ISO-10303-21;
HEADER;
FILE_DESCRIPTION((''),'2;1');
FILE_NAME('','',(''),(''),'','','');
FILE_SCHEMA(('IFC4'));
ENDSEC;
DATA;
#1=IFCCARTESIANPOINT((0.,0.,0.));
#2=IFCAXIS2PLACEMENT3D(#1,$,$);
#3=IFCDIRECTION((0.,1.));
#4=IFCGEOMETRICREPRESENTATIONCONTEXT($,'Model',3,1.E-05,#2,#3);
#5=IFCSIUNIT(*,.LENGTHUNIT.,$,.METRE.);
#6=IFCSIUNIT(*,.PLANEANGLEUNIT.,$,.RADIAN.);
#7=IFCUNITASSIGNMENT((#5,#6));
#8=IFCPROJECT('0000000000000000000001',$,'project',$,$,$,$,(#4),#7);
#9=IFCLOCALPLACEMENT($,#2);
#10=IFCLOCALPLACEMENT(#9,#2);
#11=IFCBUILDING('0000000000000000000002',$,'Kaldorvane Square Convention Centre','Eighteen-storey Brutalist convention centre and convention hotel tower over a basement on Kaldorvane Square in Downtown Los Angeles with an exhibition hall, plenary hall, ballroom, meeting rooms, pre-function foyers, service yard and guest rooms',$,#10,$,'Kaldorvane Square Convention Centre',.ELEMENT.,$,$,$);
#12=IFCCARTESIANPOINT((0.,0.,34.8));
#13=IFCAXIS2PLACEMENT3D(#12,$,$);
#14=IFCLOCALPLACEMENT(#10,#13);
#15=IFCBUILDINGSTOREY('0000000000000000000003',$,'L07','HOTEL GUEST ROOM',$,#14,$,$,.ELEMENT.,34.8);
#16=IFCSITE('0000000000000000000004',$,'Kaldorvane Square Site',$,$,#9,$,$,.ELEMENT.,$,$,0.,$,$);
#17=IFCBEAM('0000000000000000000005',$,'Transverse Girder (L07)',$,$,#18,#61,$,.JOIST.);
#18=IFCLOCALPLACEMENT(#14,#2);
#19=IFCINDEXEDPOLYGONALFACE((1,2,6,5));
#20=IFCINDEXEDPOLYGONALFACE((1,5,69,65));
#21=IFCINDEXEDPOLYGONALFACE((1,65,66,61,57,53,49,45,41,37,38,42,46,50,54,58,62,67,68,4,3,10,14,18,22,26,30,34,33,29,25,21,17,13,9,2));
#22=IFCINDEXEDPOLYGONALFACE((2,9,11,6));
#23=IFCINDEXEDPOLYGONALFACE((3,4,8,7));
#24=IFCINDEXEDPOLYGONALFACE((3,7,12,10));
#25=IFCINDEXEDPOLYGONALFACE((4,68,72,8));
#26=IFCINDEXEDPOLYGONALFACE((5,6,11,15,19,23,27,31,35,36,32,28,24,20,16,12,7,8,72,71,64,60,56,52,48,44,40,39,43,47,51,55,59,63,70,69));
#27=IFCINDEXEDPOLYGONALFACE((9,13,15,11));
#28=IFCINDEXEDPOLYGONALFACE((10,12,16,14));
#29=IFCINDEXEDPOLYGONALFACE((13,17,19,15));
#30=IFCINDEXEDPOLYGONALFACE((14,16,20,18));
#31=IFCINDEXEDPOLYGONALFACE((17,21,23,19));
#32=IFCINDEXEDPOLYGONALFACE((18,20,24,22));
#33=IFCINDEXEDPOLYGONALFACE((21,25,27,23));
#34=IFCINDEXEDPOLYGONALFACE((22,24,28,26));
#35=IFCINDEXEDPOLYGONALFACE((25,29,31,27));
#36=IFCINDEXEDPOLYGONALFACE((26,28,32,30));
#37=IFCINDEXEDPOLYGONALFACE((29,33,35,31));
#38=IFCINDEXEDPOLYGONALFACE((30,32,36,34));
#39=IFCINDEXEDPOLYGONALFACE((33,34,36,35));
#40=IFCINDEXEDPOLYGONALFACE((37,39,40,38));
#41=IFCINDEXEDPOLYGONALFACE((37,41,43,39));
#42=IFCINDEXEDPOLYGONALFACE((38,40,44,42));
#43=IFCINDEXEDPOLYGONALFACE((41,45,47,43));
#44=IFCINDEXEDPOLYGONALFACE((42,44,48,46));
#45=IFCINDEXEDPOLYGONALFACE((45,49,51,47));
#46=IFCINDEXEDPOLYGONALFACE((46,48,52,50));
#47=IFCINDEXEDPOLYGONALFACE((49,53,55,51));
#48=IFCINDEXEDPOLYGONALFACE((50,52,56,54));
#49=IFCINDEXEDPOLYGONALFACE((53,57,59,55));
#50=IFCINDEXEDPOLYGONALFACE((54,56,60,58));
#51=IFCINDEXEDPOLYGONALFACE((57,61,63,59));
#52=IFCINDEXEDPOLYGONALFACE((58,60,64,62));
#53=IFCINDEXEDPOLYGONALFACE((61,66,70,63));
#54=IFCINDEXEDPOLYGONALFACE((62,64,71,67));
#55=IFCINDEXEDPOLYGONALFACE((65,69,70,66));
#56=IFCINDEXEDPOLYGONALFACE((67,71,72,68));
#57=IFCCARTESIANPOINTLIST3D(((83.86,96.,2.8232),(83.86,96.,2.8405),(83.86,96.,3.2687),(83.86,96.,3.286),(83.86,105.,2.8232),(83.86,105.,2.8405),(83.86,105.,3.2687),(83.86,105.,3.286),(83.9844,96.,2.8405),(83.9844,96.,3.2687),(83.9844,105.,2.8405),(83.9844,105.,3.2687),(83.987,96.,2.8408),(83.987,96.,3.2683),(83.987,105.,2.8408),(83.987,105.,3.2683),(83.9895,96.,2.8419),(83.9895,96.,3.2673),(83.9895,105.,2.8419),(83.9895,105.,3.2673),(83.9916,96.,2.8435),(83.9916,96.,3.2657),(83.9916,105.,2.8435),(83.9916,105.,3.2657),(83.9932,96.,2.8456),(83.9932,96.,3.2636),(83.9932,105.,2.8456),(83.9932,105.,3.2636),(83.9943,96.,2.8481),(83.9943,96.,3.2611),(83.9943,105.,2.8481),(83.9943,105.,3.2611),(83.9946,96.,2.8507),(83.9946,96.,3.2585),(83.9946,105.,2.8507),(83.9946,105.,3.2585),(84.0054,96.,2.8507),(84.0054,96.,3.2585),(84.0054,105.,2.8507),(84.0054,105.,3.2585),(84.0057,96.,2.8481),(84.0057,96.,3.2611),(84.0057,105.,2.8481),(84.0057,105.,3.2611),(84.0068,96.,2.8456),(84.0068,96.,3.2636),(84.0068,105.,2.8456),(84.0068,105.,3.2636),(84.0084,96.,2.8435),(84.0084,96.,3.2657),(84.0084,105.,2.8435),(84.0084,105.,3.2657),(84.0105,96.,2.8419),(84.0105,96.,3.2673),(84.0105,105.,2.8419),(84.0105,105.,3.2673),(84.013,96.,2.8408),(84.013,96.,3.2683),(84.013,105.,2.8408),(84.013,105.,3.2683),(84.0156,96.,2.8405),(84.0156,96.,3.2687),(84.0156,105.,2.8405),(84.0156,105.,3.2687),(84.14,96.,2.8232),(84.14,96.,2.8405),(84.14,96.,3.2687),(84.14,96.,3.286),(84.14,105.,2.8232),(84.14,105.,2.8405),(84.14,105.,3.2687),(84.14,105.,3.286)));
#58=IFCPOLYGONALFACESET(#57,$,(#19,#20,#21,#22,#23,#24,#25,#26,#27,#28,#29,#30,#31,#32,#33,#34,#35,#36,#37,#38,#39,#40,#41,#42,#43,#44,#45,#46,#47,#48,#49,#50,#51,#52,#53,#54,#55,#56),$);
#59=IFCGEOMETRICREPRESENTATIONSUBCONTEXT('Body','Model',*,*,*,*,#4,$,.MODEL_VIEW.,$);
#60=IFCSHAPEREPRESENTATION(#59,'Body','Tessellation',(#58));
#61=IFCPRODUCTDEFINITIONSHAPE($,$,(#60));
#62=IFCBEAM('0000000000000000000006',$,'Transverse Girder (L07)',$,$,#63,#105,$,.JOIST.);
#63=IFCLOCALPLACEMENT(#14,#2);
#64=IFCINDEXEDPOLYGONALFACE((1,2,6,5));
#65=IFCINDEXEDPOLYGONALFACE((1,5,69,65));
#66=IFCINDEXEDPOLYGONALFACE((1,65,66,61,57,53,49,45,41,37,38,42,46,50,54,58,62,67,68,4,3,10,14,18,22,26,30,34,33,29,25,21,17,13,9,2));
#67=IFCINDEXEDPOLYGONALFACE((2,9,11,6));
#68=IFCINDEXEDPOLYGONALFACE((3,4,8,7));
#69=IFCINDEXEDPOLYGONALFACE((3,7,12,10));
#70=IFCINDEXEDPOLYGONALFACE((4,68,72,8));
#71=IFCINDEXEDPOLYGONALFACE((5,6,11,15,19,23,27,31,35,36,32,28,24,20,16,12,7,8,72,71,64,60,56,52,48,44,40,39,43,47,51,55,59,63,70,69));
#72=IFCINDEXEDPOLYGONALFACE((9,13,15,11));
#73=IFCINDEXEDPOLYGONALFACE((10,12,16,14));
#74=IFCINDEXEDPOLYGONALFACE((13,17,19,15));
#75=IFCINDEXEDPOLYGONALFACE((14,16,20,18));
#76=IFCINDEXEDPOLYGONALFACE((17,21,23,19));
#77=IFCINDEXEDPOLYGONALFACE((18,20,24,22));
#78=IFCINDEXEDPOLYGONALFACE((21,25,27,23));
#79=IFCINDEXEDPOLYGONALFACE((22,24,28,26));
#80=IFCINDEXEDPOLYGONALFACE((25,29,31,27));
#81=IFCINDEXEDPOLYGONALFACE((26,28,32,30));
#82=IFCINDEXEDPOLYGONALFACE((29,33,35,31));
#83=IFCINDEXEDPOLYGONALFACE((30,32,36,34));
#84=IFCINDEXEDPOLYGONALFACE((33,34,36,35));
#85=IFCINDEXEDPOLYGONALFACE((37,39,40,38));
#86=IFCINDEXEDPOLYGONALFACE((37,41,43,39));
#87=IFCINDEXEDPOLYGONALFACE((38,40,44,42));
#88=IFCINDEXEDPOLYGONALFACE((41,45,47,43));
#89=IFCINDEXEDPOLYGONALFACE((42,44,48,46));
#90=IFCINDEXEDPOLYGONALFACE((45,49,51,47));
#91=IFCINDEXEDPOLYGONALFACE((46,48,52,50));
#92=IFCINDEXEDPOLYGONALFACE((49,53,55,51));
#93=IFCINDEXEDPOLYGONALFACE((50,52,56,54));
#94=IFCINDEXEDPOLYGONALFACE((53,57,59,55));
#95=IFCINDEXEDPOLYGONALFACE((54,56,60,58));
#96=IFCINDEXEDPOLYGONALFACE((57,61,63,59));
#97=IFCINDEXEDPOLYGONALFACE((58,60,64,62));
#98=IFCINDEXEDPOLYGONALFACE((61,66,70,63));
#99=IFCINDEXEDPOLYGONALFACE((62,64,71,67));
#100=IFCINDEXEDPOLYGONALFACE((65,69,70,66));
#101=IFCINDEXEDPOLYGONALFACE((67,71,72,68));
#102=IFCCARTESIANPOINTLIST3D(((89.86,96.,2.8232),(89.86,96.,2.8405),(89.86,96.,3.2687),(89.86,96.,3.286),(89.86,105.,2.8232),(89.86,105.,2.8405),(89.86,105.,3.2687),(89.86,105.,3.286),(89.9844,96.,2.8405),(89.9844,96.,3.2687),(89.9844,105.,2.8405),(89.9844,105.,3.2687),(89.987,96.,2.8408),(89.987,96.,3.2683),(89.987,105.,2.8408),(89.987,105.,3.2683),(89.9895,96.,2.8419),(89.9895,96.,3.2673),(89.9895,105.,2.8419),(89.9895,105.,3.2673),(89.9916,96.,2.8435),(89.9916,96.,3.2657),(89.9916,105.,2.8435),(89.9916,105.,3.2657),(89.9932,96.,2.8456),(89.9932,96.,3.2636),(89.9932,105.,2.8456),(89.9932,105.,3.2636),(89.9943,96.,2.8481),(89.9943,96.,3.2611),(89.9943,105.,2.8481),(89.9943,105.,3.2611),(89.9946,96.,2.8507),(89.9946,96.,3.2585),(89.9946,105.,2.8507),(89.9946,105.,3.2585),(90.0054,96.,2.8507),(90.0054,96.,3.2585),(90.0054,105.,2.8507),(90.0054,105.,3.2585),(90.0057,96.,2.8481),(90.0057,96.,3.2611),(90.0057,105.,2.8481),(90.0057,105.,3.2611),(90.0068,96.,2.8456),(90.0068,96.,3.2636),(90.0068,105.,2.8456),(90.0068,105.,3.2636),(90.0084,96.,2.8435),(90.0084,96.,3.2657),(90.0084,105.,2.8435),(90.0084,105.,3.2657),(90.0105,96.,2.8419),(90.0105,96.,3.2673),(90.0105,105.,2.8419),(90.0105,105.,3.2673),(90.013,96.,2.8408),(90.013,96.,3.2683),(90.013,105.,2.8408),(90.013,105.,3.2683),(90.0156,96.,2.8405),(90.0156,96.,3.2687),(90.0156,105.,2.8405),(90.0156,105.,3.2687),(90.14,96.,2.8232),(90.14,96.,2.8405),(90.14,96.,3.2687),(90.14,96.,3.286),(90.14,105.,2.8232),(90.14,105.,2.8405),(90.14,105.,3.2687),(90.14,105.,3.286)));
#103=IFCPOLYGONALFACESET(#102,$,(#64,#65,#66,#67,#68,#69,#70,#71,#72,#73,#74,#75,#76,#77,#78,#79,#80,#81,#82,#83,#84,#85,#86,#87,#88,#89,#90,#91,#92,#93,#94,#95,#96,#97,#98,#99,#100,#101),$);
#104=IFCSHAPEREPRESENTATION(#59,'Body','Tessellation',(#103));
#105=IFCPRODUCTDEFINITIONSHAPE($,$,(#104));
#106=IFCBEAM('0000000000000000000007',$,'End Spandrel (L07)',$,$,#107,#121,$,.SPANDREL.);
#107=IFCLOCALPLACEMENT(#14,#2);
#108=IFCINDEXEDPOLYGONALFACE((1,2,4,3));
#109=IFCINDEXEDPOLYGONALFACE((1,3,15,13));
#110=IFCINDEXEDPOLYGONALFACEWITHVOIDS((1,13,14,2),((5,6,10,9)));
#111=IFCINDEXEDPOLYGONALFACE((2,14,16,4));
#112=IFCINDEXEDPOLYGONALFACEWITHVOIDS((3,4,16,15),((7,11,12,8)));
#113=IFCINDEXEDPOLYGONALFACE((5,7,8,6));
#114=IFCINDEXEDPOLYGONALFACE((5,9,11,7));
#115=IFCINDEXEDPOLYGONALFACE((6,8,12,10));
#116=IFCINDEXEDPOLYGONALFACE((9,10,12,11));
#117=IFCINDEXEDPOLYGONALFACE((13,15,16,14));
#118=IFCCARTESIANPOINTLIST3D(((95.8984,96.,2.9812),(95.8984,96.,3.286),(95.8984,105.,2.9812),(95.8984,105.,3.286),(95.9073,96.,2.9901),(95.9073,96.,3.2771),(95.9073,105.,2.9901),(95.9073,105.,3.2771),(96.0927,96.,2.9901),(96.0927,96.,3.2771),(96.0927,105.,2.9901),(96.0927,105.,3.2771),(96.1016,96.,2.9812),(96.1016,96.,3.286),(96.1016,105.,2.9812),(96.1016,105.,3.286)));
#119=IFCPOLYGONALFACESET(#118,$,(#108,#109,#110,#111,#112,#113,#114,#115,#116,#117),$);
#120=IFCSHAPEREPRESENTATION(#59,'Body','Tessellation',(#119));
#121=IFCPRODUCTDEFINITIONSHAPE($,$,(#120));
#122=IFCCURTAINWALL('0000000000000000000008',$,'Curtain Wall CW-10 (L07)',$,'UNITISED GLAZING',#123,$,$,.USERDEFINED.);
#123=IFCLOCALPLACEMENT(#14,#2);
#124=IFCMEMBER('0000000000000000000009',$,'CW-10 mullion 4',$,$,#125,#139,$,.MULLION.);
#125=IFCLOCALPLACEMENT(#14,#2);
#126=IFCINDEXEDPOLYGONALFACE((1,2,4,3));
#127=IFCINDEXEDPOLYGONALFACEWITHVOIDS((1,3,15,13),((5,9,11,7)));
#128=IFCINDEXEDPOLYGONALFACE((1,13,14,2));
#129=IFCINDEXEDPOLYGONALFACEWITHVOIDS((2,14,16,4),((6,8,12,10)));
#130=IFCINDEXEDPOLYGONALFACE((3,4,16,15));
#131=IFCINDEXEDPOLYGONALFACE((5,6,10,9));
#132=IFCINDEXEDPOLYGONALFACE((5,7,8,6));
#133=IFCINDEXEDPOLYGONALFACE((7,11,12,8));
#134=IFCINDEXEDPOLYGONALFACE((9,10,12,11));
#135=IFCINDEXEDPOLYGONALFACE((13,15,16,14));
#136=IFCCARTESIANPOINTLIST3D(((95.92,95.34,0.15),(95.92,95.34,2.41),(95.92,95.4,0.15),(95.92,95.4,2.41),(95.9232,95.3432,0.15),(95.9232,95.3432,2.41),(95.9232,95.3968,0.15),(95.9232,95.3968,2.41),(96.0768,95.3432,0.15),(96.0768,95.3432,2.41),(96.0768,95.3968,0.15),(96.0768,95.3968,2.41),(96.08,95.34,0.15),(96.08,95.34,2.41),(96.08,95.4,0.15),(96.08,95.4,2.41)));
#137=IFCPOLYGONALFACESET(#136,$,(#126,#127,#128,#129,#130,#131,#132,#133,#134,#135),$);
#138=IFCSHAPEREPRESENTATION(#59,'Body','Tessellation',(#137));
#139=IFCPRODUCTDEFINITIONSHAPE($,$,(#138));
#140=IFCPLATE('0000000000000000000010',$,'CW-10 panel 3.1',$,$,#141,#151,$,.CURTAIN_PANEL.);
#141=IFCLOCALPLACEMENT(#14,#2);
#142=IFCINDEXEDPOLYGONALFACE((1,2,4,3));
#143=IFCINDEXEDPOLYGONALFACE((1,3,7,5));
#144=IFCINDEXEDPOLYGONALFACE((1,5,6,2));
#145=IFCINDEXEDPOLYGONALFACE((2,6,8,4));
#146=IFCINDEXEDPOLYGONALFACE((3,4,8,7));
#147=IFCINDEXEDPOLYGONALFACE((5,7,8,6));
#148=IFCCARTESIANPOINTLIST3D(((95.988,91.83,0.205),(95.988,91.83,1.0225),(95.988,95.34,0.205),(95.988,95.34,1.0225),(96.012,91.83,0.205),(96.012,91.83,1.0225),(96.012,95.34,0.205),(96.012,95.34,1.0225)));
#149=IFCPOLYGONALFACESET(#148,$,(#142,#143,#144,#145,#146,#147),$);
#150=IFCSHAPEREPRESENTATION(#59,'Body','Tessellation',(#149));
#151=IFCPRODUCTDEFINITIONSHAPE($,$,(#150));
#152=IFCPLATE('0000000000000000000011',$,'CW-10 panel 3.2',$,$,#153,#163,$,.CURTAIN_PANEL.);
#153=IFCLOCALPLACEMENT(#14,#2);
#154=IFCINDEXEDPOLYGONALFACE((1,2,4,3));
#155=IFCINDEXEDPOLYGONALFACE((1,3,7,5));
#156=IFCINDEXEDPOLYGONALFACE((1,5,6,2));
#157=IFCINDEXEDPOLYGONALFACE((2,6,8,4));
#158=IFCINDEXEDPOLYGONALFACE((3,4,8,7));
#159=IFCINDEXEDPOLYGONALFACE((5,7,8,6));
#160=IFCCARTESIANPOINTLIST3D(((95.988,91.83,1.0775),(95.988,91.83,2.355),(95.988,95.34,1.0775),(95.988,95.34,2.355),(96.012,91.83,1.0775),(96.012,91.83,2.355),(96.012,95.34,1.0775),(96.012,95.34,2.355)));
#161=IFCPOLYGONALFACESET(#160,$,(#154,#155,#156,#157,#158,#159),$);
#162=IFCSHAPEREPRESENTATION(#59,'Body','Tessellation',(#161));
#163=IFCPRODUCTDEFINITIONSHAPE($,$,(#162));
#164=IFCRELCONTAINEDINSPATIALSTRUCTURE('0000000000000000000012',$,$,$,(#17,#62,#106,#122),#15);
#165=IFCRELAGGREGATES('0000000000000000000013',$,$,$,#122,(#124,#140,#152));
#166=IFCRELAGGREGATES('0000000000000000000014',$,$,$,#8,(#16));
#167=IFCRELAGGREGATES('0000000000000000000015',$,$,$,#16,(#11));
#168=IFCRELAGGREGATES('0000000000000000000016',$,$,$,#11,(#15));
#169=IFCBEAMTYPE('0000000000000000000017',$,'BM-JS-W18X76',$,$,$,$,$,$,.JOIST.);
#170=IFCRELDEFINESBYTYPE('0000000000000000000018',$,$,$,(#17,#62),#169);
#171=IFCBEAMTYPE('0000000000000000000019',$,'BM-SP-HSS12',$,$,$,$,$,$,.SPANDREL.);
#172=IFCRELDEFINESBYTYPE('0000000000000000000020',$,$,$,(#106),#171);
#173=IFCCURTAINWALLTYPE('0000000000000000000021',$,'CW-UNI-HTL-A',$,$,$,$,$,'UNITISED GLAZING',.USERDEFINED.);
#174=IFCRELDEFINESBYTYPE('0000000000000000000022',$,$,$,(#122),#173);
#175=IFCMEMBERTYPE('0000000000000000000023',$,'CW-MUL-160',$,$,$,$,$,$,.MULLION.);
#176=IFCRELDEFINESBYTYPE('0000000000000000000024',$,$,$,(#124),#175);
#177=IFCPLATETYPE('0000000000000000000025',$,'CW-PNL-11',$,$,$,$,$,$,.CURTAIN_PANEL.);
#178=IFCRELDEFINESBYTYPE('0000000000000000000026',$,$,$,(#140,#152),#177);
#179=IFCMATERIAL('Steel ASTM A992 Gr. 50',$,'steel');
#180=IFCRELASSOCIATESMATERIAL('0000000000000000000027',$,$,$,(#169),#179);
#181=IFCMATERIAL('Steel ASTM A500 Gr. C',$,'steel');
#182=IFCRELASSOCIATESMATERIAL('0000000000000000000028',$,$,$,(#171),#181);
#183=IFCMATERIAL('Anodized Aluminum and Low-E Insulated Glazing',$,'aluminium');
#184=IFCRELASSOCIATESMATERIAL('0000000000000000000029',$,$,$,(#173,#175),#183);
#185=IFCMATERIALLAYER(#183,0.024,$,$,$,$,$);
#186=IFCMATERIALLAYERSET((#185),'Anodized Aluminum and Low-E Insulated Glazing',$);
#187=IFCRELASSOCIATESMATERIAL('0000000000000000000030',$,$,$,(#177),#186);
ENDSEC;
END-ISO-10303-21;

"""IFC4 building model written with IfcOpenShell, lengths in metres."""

from ifc_helpers import new_model, si_unit, direction, frame, origin, origin_2d, place, context, subcontext, project, spatial, rectangle, hollow_rectangle, i_section, extrude, material, layer, layer_set, material_profile, profile_set, type_object, element, aggregate, save


model = new_model("IFC4")

# Units and contexts
model_context = context("Model", 3, precision=1e-05, world=origin(), true_north=direction((0.0, 1.0)))
body_context = subcontext(model_context, "Body", "Model", "MODEL_VIEW")
ifc_project = project(units=[si_unit("LENGTHUNIT", "METRE"), si_unit("PLANEANGLEUNIT", "RADIAN")], contexts=[model_context])

# Site, building, storey
site_placement = place(None, origin())
site = spatial("IfcSite", under=ifc_project, at=site_placement, Name="Kaldorvane Square Site", CompositionType="ELEMENT", RefElevation=0.0)
building_placement = place(site_placement, origin())
building = spatial("IfcBuilding", under=site, at=building_placement, Name="Kaldorvane Square Convention Centre", Description="Eighteen-storey Brutalist convention centre and convention hotel tower over a basement on Kaldorvane Square in Downtown Los Angeles with an exhibition hall, plenary hall, ballroom, meeting rooms, pre-function foyers, service yard and guest rooms", LongName="Kaldorvane Square Convention Centre", CompositionType="ELEMENT")
storey_placement = place(building_placement, frame((0.0, 0.0, 34.8)))
storey = spatial("IfcBuildingStorey", under=building, at=storey_placement, Name="L07", Description="HOTEL GUEST ROOM", CompositionType="ELEMENT", Elevation=34.8)

# Shared definitions
ifc_material_1 = material(Name="Steel ASTM A992 Gr. 50", Category="steel")

# Beams
ifc_material_profile_1 = material_profile(ifc_material_1, i_section(OverallWidth=0.2799, OverallDepth=0.4628, WebThickness=0.0108, FlangeThickness=0.0173, FilletRadius=0.0102, at=origin_2d()), Name="W18X76")
ifc_profile_set_1 = profile_set([ifc_material_profile_1], Name="Steel ASTM A992 Gr. 50")
beam_type_1 = type_object("IfcBeamType", Name="BM-JS-W18X76", PredefinedType="JOIST", material=ifc_profile_set_1)
for number, where, z_axis, x_axis, name in (
    (1, (84.0, 96.0, 3.0546), (0.0, 1.0, 0.0), (-1.0, 0.0, 0.0), "Transverse Girder (L07)"),
    (2, (90.0, 96.0, 3.0546), (0.0, 1.0, 0.0), (-1.0, 0.0, 0.0), "Transverse Girder (L07)"),
):
    element("IfcBeam", number, at=place(storey_placement, frame(where, z_axis=z_axis, x_axis=x_axis)), inside=storey, type_object=beam_type_1, Name=name, PredefinedType="JOIST", context=body_context, shape_type="SweptSolid", body=[
        extrude(i_section(OverallWidth=0.2799, OverallDepth=0.4628, WebThickness=0.0108, FlangeThickness=0.0173, FilletRadius=0.0102, at=origin_2d()), origin(), (0.0, 0.0, 1.0), 9.0),
    ])
ifc_material_2 = material(Name="Steel ASTM A500 Gr. C", Category="steel")
ifc_material_profile_2 = material_profile(ifc_material_2, hollow_rectangle(XDim=0.2032, YDim=0.3048, WallThickness=0.0089, at=origin_2d()), Name="HSS12X8X3/8")
ifc_profile_set_2 = profile_set([ifc_material_profile_2], Name="Steel ASTM A500 Gr. C")
beam_type_2 = type_object("IfcBeamType", Name="BM-SP-HSS12", PredefinedType="SPANDREL", material=ifc_profile_set_2)
beam_placement = place(storey_placement, frame((96.0, 96.0, 3.1336), z_axis=(0.0, 1.0, 0.0), x_axis=(-1.0, 0.0, 0.0)))
element("IfcBeam", 3, at=beam_placement, inside=storey, type_object=beam_type_2, Name="End Spandrel (L07)", PredefinedType="SPANDREL", context=body_context, shape_type="SweptSolid", body=[
    extrude(hollow_rectangle(XDim=0.2032, YDim=0.3048, WallThickness=0.0089, at=origin_2d()), origin(), (0.0, 0.0, 1.0), 9.0),
])

# Curtain wall, member, plates
ifc_material_3 = material(Name="Anodized Aluminum and Low-E Insulated Glazing", Category="aluminium")
curtain_wall_type = type_object("IfcCurtainWallType", Name="CW-UNI-HTL-A", ElementType="UNITISED GLAZING", PredefinedType="USERDEFINED", material=ifc_material_3)
curtain_wall_placement = place(storey_placement, origin())
curtain_wall = element("IfcCurtainWall", 4, at=curtain_wall_placement, inside=storey, type_object=curtain_wall_type, Name="Curtain Wall CW-10 (L07)", ObjectType="UNITISED GLAZING", PredefinedType="USERDEFINED")
ifc_material_profile_3 = material_profile(ifc_material_3, hollow_rectangle(XDim=0.06, YDim=0.16, WallThickness=0.0032, at=origin_2d()), Name="CWM-160X60")
ifc_profile_set_3 = profile_set([ifc_material_profile_3], Name="Anodized Aluminum and Low-E Insulated Glazing")
member_type = type_object("IfcMemberType", Name="CW-MUL-160", PredefinedType="MULLION", material=ifc_profile_set_3)
member_placement = place(storey_placement, frame((96.0, 95.37, 0.15), z_axis=(0.0, 0.0, 1.0), x_axis=(0.0, 1.0, 0.0)))
member = element("IfcMember", 5, at=member_placement, type_object=member_type, Name="CW-10 mullion 4", PredefinedType="MULLION", context=body_context, shape_type="SweptSolid", body=[
    extrude(hollow_rectangle(XDim=0.06, YDim=0.16, WallThickness=0.0032, at=origin_2d()), origin(), (0.0, 0.0, 1.0), 2.26),
])
ifc_layer_1 = layer(ifc_material_3, 0.024)
ifc_layer_set_1 = layer_set([ifc_layer_1], Name="Anodized Aluminum and Low-E Insulated Glazing")
plate_type = type_object("IfcPlateType", Name="CW-PNL-11", PredefinedType="CURTAIN_PANEL", material=ifc_layer_set_1)
plate_1_placement = place(storey_placement, frame((96.0, 93.585, 0.205), z_axis=(0.0, 0.0, 1.0), x_axis=(0.0, 1.0, 0.0)))
plate_1 = element("IfcPlate", 6, at=plate_1_placement, type_object=plate_type, Name="CW-10 panel 3.1", PredefinedType="CURTAIN_PANEL", context=body_context, shape_type="SweptSolid", body=[
    extrude(rectangle(XDim=3.51, YDim=0.024, at=origin_2d()), origin(), (0.0, 0.0, 1.0), 0.8175),
])
plate_2_placement = place(storey_placement, frame((96.0, 93.585, 1.0775), z_axis=(0.0, 0.0, 1.0), x_axis=(0.0, 1.0, 0.0)))
plate_2 = element("IfcPlate", 7, at=plate_2_placement, type_object=plate_type, Name="CW-10 panel 3.2", PredefinedType="CURTAIN_PANEL", context=body_context, shape_type="SweptSolid", body=[
    extrude(rectangle(XDim=3.51, YDim=0.024, at=origin_2d()), origin(), (0.0, 0.0, 1.0), 1.2775),
])
aggregate(curtain_wall, [member, plate_1, plate_2])

save(model, "model.ifc")
